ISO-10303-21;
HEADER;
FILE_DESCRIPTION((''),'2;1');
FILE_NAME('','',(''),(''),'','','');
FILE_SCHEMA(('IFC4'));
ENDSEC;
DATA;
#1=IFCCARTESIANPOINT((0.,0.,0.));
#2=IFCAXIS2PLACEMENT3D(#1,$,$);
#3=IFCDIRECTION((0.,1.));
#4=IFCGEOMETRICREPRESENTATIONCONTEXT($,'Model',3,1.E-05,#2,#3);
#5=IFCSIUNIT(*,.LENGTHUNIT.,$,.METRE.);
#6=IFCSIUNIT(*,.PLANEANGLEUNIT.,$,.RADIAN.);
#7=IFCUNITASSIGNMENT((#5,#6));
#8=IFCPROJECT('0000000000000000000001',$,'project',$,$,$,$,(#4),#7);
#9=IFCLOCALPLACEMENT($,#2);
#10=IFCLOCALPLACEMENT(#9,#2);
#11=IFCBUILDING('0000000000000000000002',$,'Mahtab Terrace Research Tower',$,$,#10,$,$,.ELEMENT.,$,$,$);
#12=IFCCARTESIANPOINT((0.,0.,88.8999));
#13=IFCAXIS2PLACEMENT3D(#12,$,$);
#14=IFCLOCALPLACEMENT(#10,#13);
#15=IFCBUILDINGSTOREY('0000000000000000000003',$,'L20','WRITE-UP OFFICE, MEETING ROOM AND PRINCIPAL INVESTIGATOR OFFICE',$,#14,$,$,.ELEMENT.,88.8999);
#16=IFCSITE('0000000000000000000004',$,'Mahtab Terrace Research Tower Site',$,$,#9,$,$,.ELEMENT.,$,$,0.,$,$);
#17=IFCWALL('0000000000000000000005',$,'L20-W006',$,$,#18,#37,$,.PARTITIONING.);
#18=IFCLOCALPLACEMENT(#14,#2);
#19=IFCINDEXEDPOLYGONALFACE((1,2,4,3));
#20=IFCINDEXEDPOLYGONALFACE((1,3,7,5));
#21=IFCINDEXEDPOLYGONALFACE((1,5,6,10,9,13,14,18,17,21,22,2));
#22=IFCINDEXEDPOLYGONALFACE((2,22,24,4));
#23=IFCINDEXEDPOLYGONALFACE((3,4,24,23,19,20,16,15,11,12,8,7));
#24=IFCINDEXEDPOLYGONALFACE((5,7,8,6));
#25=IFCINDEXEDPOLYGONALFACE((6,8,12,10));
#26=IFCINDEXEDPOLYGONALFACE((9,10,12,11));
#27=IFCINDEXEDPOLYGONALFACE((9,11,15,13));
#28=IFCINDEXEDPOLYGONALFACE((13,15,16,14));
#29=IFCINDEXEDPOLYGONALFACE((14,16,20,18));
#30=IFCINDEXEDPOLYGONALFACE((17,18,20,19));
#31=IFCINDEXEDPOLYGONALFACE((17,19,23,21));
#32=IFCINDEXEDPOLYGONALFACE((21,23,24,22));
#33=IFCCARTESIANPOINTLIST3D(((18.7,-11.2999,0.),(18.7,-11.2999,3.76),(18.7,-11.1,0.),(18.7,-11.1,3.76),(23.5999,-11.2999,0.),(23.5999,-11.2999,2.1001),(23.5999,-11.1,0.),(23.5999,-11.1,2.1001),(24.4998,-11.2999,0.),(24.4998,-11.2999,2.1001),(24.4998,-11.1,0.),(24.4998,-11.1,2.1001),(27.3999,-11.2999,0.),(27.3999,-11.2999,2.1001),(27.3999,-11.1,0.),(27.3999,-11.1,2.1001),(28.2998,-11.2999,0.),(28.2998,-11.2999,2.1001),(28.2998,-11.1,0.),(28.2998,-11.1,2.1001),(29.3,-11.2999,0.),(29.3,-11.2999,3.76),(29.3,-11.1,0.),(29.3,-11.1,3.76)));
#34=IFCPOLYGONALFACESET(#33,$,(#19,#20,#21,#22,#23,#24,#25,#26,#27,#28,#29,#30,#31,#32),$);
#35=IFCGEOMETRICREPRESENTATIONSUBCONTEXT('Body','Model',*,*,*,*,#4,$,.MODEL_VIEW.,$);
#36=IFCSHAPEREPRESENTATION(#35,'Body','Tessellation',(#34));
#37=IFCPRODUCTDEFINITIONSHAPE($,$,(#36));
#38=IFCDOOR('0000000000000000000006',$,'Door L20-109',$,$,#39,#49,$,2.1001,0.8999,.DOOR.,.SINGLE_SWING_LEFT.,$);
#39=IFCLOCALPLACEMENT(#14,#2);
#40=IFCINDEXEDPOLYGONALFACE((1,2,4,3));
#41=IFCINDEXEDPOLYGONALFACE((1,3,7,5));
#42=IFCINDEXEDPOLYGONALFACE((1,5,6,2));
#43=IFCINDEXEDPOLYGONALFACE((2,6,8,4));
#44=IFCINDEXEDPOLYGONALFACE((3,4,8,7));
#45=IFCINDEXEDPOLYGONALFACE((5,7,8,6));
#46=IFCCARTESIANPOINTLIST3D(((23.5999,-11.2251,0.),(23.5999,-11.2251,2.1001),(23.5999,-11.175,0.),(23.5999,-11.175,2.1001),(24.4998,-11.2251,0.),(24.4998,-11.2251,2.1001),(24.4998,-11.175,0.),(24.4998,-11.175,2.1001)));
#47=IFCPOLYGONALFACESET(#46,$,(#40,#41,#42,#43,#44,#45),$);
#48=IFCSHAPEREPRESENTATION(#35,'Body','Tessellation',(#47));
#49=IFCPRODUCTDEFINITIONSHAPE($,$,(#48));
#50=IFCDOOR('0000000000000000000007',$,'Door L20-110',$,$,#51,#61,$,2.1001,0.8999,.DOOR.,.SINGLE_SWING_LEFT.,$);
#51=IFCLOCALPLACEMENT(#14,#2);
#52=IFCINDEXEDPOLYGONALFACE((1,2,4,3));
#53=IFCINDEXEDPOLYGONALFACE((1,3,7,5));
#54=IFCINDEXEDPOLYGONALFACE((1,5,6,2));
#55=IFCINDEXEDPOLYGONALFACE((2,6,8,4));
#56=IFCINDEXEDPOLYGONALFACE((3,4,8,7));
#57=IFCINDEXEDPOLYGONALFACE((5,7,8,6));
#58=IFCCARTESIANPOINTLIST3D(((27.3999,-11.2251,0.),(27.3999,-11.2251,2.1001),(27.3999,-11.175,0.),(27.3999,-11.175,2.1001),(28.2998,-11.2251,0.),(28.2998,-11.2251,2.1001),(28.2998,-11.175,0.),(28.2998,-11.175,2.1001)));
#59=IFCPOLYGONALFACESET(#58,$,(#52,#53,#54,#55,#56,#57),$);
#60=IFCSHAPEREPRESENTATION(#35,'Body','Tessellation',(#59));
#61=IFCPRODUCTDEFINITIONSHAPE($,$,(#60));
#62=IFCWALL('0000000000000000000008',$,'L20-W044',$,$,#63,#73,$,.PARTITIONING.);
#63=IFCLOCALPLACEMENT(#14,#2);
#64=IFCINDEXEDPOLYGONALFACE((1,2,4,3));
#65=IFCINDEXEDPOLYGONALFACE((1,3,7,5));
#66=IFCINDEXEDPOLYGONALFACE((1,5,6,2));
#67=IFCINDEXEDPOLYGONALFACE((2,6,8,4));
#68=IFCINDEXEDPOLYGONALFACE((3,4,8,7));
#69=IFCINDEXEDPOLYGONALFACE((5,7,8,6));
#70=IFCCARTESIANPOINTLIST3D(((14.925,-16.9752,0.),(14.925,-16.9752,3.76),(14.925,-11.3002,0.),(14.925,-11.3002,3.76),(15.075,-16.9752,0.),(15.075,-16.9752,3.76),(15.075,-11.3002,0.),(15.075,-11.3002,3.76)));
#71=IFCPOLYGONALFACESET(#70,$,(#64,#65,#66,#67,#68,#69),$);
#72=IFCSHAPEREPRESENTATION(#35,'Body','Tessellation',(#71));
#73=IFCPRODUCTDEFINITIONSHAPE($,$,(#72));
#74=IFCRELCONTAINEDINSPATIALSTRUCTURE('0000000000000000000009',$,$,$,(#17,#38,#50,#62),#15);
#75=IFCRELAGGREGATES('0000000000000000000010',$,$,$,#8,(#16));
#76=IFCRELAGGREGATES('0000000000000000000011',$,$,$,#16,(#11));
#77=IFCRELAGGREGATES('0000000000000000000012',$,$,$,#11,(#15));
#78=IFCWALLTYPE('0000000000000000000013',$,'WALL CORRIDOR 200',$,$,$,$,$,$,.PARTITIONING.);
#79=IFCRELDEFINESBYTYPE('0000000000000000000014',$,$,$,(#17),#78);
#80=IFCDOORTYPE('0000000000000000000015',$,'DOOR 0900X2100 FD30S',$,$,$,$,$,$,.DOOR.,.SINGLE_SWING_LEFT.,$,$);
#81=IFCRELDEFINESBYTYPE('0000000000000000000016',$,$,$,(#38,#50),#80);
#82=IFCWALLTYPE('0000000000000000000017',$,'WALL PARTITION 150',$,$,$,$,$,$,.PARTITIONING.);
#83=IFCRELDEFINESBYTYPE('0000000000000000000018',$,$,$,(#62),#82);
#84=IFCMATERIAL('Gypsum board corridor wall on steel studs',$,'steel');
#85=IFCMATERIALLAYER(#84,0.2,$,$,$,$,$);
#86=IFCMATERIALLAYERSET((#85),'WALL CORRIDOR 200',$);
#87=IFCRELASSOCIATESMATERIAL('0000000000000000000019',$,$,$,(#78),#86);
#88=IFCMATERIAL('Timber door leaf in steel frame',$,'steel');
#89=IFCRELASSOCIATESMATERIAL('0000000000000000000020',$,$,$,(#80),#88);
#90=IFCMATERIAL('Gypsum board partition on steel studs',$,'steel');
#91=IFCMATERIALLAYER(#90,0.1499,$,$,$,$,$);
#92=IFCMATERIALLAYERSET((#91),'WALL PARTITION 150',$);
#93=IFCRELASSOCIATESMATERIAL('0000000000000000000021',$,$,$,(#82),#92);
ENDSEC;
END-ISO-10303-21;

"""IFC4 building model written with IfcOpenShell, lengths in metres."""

from ifc_helpers import new_model, si_unit, direction, frame, frame_2d, origin, place, context, subcontext, project, spatial, rectangle, extrude, material, layer, layer_set, type_object, element, fill, save


model = new_model("IFC4")

# Units and contexts
model_context = context("Model", 3, precision=1e-05, world=origin(), true_north=direction((0.0, 1.0)))
body_context = subcontext(model_context, "Body", "Model", "MODEL_VIEW")
ifc_project = project(units=[si_unit("LENGTHUNIT", "METRE"), si_unit("PLANEANGLEUNIT", "RADIAN")], contexts=[model_context])

# Site, building, storey
site_placement = place(None, origin())
site = spatial("IfcSite", under=ifc_project, at=site_placement, Name="Mahtab Terrace Research Tower Site", CompositionType="ELEMENT", RefElevation=0.0)
building_placement = place(site_placement, origin())
building = spatial("IfcBuilding", under=site, at=building_placement, Name="Mahtab Terrace Research Tower", CompositionType="ELEMENT")
storey_placement = place(building_placement, frame((0.0, 0.0, 88.8999)))
storey = spatial("IfcBuildingStorey", under=building, at=storey_placement, Name="L20", Description="WRITE-UP OFFICE, MEETING ROOM AND PRINCIPAL INVESTIGATOR OFFICE", CompositionType="ELEMENT", Elevation=88.8999)

# Wall, openings, doors
ifc_material_1 = material(Name="Gypsum board corridor wall on steel studs", Category="steel")
ifc_layer_1 = layer(ifc_material_1, 0.2)
ifc_layer_set_1 = layer_set([ifc_layer_1], Name="WALL CORRIDOR 200")
wall_type_1 = type_object("IfcWallType", Name="WALL CORRIDOR 200", PredefinedType="PARTITIONING", material=ifc_layer_set_1)
wall_1_placement = place(storey_placement, frame((18.7, -11.2, 0.0), z_axis=(0.0, 0.0, 1.0), x_axis=(1.0, 0.0, 0.0)))
wall_1 = element("IfcWall", 1, at=wall_1_placement, inside=storey, type_object=wall_type_1, Name="L20-W006", PredefinedType="PARTITIONING", context=body_context, shape_type="SweptSolid", body=[
    extrude(rectangle(XDim=10.6001, YDim=0.2, at=frame_2d((5.3, 0.0))), origin(), (0.0, 0.0, 1.0), 3.76),
])
opening_1_placement = place(wall_1_placement, frame((4.8999, 0.0, 0.0)))
opening_1 = element("IfcOpeningElement", 2, at=opening_1_placement, cuts=wall_1, PredefinedType="OPENING", context=body_context, shape_type="SweptSolid", body=[
    extrude(rectangle(XDim=0.8999, YDim=2.1001, at=frame_2d((0.45, 1.05))), frame((0.0, 0.1099, 0.0), z_axis=(0.0, -1.0, 0.0), x_axis=(1.0, 0.0, 0.0)), (0.0, 0.0, 1.0), 0.22),
])
opening_2_placement = place(wall_1_placement, frame((8.7, 0.0, 0.0)))
opening_2 = element("IfcOpeningElement", 3, at=opening_2_placement, cuts=wall_1, PredefinedType="OPENING", context=body_context, shape_type="SweptSolid", body=[
    extrude(rectangle(XDim=0.8999, YDim=2.1001, at=frame_2d((0.45, 1.05))), frame((0.0, 0.1099, 0.0), z_axis=(0.0, -1.0, 0.0), x_axis=(1.0, 0.0, 0.0)), (0.0, 0.0, 1.0), 0.22),
])
ifc_material_2 = material(Name="Timber door leaf in steel frame", Category="steel")
door_type = type_object("IfcDoorType", Name="DOOR 0900X2100 FD30S", OperationType="SINGLE_SWING_LEFT", PredefinedType="DOOR", material=ifc_material_2)
door_1_placement = place(opening_1_placement, origin())
door_1 = element("IfcDoor", 4, at=door_1_placement, inside=storey, type_object=door_type, Name="Door L20-109", OperationType="SINGLE_SWING_LEFT", OverallHeight=2.1001, OverallWidth=0.8999, PredefinedType="DOOR", context=body_context, shape_type="SweptSolid", body=[
    extrude(rectangle(XDim=0.8999, YDim=2.1001, at=frame_2d((0.45, 1.05))), frame((0.0, 0.0249, 0.0), z_axis=(0.0, -1.0, 0.0), x_axis=(1.0, 0.0, 0.0)), (0.0, 0.0, 1.0), 0.05),
])
fill(opening_1, door_1)
door_2_placement = place(opening_2_placement, origin())
door_2 = element("IfcDoor", 5, at=door_2_placement, inside=storey, type_object=door_type, Name="Door L20-110", OperationType="SINGLE_SWING_LEFT", OverallHeight=2.1001, OverallWidth=0.8999, PredefinedType="DOOR", context=body_context, shape_type="SweptSolid", body=[
    extrude(rectangle(XDim=0.8999, YDim=2.1001, at=frame_2d((0.45, 1.05))), frame((0.0, 0.0249, 0.0), z_axis=(0.0, -1.0, 0.0), x_axis=(1.0, 0.0, 0.0)), (0.0, 0.0, 1.0), 0.05),
])
fill(opening_2, door_2)

# Wall
ifc_material_3 = material(Name="Gypsum board partition on steel studs", Category="steel")
ifc_layer_2 = layer(ifc_material_3, 0.1499)
ifc_layer_set_2 = layer_set([ifc_layer_2], Name="WALL PARTITION 150")
wall_type_2 = type_object("IfcWallType", Name="WALL PARTITION 150", PredefinedType="PARTITIONING", material=ifc_layer_set_2)
wall_2_placement = place(storey_placement, frame((15.0, -16.9751, 0.0), z_axis=(0.0, 0.0, 1.0), x_axis=(0.0, 1.0, 0.0)))
element("IfcWall", 6, at=wall_2_placement, inside=storey, type_object=wall_type_2, Name="L20-W044", PredefinedType="PARTITIONING", context=body_context, shape_type="SweptSolid", body=[
    extrude(rectangle(XDim=5.675, YDim=0.1499, at=frame_2d((2.8374, 0.0))), origin(), (0.0, 0.0, 1.0), 3.76),
])

save(model, "model.ifc")
